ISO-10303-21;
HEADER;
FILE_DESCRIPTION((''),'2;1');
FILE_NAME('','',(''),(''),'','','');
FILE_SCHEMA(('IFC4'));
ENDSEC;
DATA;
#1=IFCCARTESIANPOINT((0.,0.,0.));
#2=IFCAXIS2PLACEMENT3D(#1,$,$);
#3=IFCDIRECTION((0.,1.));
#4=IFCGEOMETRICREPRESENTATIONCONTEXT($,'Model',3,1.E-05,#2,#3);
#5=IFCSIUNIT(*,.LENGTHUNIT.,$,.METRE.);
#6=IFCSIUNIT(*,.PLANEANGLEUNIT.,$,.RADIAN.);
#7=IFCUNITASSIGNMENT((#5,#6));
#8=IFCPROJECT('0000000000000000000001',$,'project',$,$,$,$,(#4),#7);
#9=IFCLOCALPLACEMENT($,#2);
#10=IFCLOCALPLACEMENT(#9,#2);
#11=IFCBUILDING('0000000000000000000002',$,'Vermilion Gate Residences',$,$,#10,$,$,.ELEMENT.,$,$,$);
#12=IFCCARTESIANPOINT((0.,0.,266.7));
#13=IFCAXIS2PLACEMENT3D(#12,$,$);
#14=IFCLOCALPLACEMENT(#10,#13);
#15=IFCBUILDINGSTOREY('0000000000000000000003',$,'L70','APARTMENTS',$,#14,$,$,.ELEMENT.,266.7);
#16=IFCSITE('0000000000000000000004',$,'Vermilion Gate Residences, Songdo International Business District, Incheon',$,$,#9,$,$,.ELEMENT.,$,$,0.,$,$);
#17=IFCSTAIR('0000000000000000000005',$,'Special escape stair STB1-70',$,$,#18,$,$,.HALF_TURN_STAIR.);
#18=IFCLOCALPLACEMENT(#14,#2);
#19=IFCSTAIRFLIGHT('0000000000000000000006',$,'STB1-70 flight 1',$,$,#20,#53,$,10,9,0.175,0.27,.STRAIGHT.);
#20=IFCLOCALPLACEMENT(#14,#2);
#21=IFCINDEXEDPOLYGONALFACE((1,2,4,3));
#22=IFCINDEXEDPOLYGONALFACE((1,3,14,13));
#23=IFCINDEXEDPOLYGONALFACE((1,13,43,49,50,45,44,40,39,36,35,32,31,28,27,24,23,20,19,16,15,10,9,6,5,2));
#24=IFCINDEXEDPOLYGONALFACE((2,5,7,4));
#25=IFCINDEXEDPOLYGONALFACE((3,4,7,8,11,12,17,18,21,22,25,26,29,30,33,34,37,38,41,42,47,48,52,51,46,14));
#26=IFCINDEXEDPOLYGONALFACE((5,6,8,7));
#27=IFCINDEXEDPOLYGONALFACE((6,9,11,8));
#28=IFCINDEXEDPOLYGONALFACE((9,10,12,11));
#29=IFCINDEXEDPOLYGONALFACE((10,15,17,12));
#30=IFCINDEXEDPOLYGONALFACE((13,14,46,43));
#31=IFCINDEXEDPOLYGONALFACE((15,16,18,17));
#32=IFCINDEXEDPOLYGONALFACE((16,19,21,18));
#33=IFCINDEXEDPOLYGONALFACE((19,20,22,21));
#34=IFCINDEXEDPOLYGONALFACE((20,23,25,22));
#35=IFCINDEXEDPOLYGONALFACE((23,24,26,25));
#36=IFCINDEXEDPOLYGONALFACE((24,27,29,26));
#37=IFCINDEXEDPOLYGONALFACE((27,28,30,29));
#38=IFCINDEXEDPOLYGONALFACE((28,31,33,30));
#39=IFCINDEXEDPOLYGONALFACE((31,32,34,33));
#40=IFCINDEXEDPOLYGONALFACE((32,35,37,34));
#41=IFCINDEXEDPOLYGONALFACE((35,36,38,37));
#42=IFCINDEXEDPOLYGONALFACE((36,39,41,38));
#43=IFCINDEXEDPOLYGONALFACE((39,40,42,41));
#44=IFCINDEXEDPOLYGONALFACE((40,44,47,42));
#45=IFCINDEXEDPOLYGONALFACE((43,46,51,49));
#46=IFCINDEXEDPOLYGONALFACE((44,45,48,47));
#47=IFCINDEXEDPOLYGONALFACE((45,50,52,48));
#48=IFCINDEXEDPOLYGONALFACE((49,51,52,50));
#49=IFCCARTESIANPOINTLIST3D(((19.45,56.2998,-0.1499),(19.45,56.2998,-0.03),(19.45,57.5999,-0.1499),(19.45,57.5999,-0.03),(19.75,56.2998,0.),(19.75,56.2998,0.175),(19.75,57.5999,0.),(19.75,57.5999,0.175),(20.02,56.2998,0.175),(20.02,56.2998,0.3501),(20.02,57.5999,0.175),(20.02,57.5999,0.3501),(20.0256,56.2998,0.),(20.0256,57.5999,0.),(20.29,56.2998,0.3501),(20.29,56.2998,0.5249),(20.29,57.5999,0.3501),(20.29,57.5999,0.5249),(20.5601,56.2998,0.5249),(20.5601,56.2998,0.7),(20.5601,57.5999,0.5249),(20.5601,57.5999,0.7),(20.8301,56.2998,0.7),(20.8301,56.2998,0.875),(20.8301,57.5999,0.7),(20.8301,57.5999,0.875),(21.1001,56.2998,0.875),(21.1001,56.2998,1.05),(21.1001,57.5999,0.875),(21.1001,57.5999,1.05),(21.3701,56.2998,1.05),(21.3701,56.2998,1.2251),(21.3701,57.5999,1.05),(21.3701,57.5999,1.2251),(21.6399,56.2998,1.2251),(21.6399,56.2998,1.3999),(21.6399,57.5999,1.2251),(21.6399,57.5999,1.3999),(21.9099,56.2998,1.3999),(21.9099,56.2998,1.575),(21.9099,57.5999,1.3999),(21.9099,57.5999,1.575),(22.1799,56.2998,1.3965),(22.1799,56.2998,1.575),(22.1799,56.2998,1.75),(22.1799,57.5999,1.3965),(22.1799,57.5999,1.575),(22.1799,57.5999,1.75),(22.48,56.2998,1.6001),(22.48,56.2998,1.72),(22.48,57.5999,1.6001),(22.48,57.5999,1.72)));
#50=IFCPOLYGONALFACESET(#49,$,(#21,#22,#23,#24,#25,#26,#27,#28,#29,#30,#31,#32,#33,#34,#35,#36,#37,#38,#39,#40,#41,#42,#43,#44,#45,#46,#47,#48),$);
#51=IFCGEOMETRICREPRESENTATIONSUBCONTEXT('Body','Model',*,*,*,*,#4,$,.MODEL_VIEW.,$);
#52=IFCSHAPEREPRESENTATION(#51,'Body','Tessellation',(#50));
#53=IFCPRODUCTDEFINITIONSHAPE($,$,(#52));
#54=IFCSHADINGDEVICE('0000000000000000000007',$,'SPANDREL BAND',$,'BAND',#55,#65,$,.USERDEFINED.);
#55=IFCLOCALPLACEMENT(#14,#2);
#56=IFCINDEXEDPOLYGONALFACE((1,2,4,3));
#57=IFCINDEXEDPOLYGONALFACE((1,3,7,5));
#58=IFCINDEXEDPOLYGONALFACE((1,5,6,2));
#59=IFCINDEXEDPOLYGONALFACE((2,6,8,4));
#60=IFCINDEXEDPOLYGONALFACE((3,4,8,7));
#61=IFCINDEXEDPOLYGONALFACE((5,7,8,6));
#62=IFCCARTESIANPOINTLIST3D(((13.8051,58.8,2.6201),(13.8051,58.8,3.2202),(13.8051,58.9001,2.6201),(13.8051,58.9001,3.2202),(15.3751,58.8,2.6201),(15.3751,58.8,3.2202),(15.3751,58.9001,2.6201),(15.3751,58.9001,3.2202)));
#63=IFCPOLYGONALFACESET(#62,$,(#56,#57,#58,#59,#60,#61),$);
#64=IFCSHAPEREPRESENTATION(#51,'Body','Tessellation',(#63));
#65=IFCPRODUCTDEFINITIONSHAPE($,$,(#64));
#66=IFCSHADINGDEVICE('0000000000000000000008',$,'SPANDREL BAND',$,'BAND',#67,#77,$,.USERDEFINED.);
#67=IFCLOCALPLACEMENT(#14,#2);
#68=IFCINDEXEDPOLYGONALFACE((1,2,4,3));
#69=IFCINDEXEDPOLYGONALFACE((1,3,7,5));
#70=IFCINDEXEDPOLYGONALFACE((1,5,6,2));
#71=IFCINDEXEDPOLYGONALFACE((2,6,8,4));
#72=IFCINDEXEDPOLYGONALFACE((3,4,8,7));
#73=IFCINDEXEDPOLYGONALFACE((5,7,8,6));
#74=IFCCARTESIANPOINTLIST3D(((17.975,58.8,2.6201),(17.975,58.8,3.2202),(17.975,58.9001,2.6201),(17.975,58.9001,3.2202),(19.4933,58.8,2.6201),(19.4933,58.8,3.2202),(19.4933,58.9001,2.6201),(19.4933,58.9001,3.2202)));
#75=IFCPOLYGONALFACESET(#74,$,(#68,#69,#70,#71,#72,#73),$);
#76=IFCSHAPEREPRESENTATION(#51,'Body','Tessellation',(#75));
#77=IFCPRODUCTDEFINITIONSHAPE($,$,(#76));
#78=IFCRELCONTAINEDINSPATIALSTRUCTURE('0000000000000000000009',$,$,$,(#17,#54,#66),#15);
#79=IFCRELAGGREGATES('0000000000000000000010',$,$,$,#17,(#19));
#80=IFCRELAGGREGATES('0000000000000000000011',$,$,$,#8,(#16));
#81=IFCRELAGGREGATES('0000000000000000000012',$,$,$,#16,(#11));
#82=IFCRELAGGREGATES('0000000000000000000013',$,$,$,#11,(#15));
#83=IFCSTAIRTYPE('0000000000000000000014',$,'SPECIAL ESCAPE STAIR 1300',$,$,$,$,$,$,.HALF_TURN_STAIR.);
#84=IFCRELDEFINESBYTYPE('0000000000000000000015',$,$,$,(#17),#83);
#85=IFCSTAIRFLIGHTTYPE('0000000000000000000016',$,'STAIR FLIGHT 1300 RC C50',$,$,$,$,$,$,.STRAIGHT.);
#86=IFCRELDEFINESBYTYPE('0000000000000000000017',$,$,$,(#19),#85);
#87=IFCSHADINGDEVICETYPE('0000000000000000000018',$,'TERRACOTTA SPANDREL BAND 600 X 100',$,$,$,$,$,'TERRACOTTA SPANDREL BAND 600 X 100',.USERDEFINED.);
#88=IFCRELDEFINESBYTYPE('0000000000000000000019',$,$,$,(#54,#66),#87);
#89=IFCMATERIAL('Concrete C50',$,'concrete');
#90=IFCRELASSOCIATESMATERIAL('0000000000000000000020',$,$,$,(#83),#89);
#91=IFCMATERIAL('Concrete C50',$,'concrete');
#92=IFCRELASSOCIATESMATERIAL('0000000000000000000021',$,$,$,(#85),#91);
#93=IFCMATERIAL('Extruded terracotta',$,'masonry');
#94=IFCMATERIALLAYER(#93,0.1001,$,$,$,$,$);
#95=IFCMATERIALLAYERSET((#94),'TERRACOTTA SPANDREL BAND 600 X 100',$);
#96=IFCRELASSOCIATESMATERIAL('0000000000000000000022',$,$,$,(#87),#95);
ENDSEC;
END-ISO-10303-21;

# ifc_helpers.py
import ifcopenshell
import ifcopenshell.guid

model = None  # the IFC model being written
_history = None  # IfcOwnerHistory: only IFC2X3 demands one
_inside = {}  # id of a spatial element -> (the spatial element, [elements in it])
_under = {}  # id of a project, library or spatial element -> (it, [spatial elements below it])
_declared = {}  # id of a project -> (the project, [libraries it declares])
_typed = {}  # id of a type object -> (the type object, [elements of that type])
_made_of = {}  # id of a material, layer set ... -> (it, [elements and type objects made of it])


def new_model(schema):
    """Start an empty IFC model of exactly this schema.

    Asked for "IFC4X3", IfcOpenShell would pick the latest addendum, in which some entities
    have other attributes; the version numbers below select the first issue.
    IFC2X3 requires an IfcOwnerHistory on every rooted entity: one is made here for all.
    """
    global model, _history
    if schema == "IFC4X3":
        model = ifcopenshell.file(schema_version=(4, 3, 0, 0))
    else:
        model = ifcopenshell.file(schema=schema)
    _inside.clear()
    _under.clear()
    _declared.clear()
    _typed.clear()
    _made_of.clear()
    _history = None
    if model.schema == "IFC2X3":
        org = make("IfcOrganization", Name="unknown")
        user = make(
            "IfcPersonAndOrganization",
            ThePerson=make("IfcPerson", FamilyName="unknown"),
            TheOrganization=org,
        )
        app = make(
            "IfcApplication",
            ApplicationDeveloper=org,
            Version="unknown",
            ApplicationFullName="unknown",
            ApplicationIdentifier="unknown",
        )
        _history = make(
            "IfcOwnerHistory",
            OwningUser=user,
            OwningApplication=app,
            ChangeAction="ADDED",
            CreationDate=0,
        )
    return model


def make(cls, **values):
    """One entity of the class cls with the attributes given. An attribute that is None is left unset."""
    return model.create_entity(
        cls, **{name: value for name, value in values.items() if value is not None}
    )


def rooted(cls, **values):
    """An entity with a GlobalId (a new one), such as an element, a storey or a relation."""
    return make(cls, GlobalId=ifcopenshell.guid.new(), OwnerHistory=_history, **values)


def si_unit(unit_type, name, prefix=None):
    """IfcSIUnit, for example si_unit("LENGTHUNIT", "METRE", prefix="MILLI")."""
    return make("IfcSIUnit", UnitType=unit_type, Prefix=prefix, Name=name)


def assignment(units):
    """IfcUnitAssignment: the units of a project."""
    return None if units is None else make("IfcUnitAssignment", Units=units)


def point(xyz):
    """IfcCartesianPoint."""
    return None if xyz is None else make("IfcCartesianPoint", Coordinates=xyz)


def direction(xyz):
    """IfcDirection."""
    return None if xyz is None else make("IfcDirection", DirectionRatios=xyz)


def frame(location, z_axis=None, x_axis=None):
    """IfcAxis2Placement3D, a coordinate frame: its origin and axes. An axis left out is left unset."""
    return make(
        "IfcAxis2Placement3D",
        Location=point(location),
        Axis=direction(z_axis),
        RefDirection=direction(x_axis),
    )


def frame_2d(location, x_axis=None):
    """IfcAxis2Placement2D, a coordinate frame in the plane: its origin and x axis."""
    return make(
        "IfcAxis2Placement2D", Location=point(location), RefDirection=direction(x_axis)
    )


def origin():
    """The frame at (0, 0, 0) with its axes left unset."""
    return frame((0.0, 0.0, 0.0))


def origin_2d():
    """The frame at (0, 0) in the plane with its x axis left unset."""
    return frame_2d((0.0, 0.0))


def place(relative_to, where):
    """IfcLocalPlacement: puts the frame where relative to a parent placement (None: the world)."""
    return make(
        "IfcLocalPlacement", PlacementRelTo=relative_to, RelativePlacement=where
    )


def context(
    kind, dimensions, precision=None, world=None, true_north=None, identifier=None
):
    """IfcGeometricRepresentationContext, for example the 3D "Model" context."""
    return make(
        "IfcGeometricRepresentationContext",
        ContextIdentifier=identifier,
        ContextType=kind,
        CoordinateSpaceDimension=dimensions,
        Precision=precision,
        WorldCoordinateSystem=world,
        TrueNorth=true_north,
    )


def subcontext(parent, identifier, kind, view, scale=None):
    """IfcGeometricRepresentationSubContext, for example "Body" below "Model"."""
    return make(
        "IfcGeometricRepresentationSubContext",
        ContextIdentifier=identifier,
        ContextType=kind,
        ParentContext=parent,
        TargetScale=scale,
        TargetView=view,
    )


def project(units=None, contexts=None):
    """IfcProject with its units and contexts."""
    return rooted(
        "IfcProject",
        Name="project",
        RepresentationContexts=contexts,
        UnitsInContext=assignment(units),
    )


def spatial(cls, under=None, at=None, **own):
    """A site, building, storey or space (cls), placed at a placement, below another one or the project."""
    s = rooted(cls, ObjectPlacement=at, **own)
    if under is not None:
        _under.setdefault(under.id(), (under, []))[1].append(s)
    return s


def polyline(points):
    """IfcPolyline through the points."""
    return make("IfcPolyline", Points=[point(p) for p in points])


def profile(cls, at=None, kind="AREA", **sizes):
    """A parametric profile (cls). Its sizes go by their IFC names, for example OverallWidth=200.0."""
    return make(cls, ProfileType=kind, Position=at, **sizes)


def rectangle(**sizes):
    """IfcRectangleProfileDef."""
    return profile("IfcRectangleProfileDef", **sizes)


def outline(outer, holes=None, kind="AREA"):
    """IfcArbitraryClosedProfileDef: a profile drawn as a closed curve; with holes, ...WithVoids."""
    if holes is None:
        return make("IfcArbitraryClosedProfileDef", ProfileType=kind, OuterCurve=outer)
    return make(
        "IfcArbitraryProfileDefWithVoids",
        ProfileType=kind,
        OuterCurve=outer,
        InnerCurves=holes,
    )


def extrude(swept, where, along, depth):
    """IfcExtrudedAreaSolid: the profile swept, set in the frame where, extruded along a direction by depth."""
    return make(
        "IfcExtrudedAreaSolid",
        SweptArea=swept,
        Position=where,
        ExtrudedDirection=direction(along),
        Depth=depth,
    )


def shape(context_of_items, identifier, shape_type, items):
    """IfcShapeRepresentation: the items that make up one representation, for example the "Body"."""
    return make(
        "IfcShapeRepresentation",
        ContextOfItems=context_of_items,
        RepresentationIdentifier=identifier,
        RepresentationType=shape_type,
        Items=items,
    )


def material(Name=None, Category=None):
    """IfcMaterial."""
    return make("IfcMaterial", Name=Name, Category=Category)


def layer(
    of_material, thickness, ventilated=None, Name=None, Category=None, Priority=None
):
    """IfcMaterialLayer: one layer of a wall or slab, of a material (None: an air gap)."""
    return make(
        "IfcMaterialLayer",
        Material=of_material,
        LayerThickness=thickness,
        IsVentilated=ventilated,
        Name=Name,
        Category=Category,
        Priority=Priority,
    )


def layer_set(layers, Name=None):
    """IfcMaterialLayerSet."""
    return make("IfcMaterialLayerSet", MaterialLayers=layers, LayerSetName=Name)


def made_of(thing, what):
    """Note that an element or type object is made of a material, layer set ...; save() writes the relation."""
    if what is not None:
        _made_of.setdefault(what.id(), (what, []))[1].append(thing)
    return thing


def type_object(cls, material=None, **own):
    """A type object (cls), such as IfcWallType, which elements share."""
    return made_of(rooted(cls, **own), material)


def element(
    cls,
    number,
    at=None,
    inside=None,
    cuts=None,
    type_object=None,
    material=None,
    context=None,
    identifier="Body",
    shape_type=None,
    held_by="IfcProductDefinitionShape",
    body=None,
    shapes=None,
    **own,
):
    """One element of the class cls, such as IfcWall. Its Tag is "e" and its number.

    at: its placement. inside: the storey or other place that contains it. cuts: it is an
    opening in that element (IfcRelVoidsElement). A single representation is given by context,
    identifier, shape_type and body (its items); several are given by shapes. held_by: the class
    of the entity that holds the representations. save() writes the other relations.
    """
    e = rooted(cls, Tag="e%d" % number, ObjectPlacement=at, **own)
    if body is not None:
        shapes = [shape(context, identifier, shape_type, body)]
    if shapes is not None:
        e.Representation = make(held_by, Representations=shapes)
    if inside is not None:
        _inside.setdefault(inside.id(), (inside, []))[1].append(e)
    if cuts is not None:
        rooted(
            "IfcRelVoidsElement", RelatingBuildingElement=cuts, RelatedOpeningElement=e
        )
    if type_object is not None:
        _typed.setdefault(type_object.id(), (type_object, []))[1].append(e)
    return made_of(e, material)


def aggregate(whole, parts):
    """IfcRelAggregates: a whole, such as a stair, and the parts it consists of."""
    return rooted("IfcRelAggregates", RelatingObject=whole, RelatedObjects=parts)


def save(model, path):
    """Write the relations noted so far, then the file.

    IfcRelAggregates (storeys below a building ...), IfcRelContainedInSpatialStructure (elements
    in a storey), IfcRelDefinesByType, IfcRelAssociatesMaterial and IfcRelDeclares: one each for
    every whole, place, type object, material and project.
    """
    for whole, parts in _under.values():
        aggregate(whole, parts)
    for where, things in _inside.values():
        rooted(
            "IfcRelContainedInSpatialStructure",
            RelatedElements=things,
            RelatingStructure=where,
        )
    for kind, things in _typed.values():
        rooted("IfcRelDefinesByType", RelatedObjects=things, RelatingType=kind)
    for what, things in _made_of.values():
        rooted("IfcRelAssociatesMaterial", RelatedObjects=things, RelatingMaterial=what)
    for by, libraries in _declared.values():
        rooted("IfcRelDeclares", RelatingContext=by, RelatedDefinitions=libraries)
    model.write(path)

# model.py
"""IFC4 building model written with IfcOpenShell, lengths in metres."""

from ifc_helpers import new_model, si_unit, direction, frame, origin, origin_2d, place, context, subcontext, project, spatial, polyline, rectangle, outline, extrude, material, layer, layer_set, type_object, element, aggregate, save


model = new_model("IFC4")

# Units and contexts
model_context = context("Model", 3, precision=1e-05, world=origin(), true_north=direction((0.0, 1.0)))
body_context = subcontext(model_context, "Body", "Model", "MODEL_VIEW")
ifc_project = project(units=[si_unit("LENGTHUNIT", "METRE"), si_unit("PLANEANGLEUNIT", "RADIAN")], contexts=[model_context])

# Site, building, storey
site_placement = place(None, origin())
site = spatial("IfcSite", under=ifc_project, at=site_placement, Name="Vermilion Gate Residences, Songdo International Business District, Incheon", CompositionType="ELEMENT", RefElevation=0.0)
building_placement = place(site_placement, origin())
building = spatial("IfcBuilding", under=site, at=building_placement, Name="Vermilion Gate Residences", CompositionType="ELEMENT")
storey_placement = place(building_placement, frame((0.0, 0.0, 266.7)))
storey = spatial("IfcBuildingStorey", under=building, at=storey_placement, Name="L70", Description="APARTMENTS", CompositionType="ELEMENT", Elevation=266.7)

# Stair, stair flight
ifc_material_1 = material(Name="Concrete C50", Category="concrete")
stair_type = type_object("IfcStairType", Name="SPECIAL ESCAPE STAIR 1300", PredefinedType="HALF_TURN_STAIR", material=ifc_material_1)
stair_placement = place(storey_placement, origin())
stair = element("IfcStair", 1, at=stair_placement, inside=storey, type_object=stair_type, Name="Special escape stair STB1-70", PredefinedType="HALF_TURN_STAIR")
ifc_material_2 = material(Name="Concrete C50", Category="concrete")
stair_flight_type = type_object("IfcStairFlightType", Name="STAIR FLIGHT 1300 RC C50", PredefinedType="STRAIGHT", material=ifc_material_2)
stair_flight_placement = place(storey_placement, frame((19.75, 56.95, 0.0), z_axis=(0.0, 0.0, 1.0), x_axis=(1.0, 0.0, 0.0)))
stair_flight = element("IfcStairFlight", 2, at=stair_flight_placement, type_object=stair_flight_type, Name="STB1-70 flight 1", NumberOfRisers=10, NumberOfTreads=9, PredefinedType="STRAIGHT", RiserHeight=0.175, TreadLength=0.27, context=body_context, shape_type="SweptSolid", body=[
    extrude(outline(polyline([(-0.3, -0.1499), (-0.3, -0.03), (0.0, 0.0), (0.0, 0.175), (0.27, 0.175), (0.27, 0.3501), (0.54, 0.3501), (0.54, 0.5249), (0.8101, 0.5249), (0.8101, 0.7), (1.0801, 0.7), (1.0801, 0.875), (1.3501, 0.875), (1.3501, 1.05), (1.6201, 1.05), (1.6201, 1.2251), (1.8899, 1.2251), (1.8899, 1.3999), (2.1599, 1.3999), (2.1599, 1.575), (2.4299, 1.575), (2.4299, 1.75), (2.73, 1.72), (2.73, 1.6001), (2.4299, 1.3965), (0.2756, 0.0), (-0.3, -0.1499)])), frame((0.0, 0.6499, 0.0), z_axis=(0.0, -1.0, 0.0), x_axis=(1.0, 0.0, 0.0)), (0.0, 0.0, 1.0), 1.3),
])
aggregate(stair, [stair_flight])

# Shading devices
ifc_material_3 = material(Name="Extruded terracotta", Category="masonry")
ifc_layer_1 = layer(ifc_material_3, 0.1001)
ifc_layer_set_1 = layer_set([ifc_layer_1], Name="TERRACOTTA SPANDREL BAND 600 X 100")
shading_device_type = type_object("IfcShadingDeviceType", Name="TERRACOTTA SPANDREL BAND 600 X 100", ElementType="TERRACOTTA SPANDREL BAND 600 X 100", PredefinedType="USERDEFINED", material=ifc_layer_set_1)
shading_device_1_placement = place(storey_placement, frame((14.5901, 58.8501, 2.6201), z_axis=(0.0, 0.0, 1.0), x_axis=(1.0, 0.0, 0.0)))
element("IfcShadingDevice", 3, at=shading_device_1_placement, inside=storey, type_object=shading_device_type, Name="SPANDREL BAND", ObjectType="BAND", PredefinedType="USERDEFINED", context=body_context, shape_type="SweptSolid", body=[
    extrude(rectangle(XDim=1.5701, YDim=0.1001, at=origin_2d()), origin(), (0.0, 0.0, 1.0), 0.6001),
])
shading_device_2_placement = place(storey_placement, frame((18.7341, 58.8501, 2.6201), z_axis=(0.0, 0.0, 1.0), x_axis=(1.0, 0.0, 0.0)))
element("IfcShadingDevice", 4, at=shading_device_2_placement, inside=storey, type_object=shading_device_type, Name="SPANDREL BAND", ObjectType="BAND", PredefinedType="USERDEFINED", context=body_context, shape_type="SweptSolid", body=[
    extrude(rectangle(XDim=1.5183, YDim=0.1001, at=origin_2d()), origin(), (0.0, 0.0, 1.0), 0.6001),
])

save(model, "model.ifc")
